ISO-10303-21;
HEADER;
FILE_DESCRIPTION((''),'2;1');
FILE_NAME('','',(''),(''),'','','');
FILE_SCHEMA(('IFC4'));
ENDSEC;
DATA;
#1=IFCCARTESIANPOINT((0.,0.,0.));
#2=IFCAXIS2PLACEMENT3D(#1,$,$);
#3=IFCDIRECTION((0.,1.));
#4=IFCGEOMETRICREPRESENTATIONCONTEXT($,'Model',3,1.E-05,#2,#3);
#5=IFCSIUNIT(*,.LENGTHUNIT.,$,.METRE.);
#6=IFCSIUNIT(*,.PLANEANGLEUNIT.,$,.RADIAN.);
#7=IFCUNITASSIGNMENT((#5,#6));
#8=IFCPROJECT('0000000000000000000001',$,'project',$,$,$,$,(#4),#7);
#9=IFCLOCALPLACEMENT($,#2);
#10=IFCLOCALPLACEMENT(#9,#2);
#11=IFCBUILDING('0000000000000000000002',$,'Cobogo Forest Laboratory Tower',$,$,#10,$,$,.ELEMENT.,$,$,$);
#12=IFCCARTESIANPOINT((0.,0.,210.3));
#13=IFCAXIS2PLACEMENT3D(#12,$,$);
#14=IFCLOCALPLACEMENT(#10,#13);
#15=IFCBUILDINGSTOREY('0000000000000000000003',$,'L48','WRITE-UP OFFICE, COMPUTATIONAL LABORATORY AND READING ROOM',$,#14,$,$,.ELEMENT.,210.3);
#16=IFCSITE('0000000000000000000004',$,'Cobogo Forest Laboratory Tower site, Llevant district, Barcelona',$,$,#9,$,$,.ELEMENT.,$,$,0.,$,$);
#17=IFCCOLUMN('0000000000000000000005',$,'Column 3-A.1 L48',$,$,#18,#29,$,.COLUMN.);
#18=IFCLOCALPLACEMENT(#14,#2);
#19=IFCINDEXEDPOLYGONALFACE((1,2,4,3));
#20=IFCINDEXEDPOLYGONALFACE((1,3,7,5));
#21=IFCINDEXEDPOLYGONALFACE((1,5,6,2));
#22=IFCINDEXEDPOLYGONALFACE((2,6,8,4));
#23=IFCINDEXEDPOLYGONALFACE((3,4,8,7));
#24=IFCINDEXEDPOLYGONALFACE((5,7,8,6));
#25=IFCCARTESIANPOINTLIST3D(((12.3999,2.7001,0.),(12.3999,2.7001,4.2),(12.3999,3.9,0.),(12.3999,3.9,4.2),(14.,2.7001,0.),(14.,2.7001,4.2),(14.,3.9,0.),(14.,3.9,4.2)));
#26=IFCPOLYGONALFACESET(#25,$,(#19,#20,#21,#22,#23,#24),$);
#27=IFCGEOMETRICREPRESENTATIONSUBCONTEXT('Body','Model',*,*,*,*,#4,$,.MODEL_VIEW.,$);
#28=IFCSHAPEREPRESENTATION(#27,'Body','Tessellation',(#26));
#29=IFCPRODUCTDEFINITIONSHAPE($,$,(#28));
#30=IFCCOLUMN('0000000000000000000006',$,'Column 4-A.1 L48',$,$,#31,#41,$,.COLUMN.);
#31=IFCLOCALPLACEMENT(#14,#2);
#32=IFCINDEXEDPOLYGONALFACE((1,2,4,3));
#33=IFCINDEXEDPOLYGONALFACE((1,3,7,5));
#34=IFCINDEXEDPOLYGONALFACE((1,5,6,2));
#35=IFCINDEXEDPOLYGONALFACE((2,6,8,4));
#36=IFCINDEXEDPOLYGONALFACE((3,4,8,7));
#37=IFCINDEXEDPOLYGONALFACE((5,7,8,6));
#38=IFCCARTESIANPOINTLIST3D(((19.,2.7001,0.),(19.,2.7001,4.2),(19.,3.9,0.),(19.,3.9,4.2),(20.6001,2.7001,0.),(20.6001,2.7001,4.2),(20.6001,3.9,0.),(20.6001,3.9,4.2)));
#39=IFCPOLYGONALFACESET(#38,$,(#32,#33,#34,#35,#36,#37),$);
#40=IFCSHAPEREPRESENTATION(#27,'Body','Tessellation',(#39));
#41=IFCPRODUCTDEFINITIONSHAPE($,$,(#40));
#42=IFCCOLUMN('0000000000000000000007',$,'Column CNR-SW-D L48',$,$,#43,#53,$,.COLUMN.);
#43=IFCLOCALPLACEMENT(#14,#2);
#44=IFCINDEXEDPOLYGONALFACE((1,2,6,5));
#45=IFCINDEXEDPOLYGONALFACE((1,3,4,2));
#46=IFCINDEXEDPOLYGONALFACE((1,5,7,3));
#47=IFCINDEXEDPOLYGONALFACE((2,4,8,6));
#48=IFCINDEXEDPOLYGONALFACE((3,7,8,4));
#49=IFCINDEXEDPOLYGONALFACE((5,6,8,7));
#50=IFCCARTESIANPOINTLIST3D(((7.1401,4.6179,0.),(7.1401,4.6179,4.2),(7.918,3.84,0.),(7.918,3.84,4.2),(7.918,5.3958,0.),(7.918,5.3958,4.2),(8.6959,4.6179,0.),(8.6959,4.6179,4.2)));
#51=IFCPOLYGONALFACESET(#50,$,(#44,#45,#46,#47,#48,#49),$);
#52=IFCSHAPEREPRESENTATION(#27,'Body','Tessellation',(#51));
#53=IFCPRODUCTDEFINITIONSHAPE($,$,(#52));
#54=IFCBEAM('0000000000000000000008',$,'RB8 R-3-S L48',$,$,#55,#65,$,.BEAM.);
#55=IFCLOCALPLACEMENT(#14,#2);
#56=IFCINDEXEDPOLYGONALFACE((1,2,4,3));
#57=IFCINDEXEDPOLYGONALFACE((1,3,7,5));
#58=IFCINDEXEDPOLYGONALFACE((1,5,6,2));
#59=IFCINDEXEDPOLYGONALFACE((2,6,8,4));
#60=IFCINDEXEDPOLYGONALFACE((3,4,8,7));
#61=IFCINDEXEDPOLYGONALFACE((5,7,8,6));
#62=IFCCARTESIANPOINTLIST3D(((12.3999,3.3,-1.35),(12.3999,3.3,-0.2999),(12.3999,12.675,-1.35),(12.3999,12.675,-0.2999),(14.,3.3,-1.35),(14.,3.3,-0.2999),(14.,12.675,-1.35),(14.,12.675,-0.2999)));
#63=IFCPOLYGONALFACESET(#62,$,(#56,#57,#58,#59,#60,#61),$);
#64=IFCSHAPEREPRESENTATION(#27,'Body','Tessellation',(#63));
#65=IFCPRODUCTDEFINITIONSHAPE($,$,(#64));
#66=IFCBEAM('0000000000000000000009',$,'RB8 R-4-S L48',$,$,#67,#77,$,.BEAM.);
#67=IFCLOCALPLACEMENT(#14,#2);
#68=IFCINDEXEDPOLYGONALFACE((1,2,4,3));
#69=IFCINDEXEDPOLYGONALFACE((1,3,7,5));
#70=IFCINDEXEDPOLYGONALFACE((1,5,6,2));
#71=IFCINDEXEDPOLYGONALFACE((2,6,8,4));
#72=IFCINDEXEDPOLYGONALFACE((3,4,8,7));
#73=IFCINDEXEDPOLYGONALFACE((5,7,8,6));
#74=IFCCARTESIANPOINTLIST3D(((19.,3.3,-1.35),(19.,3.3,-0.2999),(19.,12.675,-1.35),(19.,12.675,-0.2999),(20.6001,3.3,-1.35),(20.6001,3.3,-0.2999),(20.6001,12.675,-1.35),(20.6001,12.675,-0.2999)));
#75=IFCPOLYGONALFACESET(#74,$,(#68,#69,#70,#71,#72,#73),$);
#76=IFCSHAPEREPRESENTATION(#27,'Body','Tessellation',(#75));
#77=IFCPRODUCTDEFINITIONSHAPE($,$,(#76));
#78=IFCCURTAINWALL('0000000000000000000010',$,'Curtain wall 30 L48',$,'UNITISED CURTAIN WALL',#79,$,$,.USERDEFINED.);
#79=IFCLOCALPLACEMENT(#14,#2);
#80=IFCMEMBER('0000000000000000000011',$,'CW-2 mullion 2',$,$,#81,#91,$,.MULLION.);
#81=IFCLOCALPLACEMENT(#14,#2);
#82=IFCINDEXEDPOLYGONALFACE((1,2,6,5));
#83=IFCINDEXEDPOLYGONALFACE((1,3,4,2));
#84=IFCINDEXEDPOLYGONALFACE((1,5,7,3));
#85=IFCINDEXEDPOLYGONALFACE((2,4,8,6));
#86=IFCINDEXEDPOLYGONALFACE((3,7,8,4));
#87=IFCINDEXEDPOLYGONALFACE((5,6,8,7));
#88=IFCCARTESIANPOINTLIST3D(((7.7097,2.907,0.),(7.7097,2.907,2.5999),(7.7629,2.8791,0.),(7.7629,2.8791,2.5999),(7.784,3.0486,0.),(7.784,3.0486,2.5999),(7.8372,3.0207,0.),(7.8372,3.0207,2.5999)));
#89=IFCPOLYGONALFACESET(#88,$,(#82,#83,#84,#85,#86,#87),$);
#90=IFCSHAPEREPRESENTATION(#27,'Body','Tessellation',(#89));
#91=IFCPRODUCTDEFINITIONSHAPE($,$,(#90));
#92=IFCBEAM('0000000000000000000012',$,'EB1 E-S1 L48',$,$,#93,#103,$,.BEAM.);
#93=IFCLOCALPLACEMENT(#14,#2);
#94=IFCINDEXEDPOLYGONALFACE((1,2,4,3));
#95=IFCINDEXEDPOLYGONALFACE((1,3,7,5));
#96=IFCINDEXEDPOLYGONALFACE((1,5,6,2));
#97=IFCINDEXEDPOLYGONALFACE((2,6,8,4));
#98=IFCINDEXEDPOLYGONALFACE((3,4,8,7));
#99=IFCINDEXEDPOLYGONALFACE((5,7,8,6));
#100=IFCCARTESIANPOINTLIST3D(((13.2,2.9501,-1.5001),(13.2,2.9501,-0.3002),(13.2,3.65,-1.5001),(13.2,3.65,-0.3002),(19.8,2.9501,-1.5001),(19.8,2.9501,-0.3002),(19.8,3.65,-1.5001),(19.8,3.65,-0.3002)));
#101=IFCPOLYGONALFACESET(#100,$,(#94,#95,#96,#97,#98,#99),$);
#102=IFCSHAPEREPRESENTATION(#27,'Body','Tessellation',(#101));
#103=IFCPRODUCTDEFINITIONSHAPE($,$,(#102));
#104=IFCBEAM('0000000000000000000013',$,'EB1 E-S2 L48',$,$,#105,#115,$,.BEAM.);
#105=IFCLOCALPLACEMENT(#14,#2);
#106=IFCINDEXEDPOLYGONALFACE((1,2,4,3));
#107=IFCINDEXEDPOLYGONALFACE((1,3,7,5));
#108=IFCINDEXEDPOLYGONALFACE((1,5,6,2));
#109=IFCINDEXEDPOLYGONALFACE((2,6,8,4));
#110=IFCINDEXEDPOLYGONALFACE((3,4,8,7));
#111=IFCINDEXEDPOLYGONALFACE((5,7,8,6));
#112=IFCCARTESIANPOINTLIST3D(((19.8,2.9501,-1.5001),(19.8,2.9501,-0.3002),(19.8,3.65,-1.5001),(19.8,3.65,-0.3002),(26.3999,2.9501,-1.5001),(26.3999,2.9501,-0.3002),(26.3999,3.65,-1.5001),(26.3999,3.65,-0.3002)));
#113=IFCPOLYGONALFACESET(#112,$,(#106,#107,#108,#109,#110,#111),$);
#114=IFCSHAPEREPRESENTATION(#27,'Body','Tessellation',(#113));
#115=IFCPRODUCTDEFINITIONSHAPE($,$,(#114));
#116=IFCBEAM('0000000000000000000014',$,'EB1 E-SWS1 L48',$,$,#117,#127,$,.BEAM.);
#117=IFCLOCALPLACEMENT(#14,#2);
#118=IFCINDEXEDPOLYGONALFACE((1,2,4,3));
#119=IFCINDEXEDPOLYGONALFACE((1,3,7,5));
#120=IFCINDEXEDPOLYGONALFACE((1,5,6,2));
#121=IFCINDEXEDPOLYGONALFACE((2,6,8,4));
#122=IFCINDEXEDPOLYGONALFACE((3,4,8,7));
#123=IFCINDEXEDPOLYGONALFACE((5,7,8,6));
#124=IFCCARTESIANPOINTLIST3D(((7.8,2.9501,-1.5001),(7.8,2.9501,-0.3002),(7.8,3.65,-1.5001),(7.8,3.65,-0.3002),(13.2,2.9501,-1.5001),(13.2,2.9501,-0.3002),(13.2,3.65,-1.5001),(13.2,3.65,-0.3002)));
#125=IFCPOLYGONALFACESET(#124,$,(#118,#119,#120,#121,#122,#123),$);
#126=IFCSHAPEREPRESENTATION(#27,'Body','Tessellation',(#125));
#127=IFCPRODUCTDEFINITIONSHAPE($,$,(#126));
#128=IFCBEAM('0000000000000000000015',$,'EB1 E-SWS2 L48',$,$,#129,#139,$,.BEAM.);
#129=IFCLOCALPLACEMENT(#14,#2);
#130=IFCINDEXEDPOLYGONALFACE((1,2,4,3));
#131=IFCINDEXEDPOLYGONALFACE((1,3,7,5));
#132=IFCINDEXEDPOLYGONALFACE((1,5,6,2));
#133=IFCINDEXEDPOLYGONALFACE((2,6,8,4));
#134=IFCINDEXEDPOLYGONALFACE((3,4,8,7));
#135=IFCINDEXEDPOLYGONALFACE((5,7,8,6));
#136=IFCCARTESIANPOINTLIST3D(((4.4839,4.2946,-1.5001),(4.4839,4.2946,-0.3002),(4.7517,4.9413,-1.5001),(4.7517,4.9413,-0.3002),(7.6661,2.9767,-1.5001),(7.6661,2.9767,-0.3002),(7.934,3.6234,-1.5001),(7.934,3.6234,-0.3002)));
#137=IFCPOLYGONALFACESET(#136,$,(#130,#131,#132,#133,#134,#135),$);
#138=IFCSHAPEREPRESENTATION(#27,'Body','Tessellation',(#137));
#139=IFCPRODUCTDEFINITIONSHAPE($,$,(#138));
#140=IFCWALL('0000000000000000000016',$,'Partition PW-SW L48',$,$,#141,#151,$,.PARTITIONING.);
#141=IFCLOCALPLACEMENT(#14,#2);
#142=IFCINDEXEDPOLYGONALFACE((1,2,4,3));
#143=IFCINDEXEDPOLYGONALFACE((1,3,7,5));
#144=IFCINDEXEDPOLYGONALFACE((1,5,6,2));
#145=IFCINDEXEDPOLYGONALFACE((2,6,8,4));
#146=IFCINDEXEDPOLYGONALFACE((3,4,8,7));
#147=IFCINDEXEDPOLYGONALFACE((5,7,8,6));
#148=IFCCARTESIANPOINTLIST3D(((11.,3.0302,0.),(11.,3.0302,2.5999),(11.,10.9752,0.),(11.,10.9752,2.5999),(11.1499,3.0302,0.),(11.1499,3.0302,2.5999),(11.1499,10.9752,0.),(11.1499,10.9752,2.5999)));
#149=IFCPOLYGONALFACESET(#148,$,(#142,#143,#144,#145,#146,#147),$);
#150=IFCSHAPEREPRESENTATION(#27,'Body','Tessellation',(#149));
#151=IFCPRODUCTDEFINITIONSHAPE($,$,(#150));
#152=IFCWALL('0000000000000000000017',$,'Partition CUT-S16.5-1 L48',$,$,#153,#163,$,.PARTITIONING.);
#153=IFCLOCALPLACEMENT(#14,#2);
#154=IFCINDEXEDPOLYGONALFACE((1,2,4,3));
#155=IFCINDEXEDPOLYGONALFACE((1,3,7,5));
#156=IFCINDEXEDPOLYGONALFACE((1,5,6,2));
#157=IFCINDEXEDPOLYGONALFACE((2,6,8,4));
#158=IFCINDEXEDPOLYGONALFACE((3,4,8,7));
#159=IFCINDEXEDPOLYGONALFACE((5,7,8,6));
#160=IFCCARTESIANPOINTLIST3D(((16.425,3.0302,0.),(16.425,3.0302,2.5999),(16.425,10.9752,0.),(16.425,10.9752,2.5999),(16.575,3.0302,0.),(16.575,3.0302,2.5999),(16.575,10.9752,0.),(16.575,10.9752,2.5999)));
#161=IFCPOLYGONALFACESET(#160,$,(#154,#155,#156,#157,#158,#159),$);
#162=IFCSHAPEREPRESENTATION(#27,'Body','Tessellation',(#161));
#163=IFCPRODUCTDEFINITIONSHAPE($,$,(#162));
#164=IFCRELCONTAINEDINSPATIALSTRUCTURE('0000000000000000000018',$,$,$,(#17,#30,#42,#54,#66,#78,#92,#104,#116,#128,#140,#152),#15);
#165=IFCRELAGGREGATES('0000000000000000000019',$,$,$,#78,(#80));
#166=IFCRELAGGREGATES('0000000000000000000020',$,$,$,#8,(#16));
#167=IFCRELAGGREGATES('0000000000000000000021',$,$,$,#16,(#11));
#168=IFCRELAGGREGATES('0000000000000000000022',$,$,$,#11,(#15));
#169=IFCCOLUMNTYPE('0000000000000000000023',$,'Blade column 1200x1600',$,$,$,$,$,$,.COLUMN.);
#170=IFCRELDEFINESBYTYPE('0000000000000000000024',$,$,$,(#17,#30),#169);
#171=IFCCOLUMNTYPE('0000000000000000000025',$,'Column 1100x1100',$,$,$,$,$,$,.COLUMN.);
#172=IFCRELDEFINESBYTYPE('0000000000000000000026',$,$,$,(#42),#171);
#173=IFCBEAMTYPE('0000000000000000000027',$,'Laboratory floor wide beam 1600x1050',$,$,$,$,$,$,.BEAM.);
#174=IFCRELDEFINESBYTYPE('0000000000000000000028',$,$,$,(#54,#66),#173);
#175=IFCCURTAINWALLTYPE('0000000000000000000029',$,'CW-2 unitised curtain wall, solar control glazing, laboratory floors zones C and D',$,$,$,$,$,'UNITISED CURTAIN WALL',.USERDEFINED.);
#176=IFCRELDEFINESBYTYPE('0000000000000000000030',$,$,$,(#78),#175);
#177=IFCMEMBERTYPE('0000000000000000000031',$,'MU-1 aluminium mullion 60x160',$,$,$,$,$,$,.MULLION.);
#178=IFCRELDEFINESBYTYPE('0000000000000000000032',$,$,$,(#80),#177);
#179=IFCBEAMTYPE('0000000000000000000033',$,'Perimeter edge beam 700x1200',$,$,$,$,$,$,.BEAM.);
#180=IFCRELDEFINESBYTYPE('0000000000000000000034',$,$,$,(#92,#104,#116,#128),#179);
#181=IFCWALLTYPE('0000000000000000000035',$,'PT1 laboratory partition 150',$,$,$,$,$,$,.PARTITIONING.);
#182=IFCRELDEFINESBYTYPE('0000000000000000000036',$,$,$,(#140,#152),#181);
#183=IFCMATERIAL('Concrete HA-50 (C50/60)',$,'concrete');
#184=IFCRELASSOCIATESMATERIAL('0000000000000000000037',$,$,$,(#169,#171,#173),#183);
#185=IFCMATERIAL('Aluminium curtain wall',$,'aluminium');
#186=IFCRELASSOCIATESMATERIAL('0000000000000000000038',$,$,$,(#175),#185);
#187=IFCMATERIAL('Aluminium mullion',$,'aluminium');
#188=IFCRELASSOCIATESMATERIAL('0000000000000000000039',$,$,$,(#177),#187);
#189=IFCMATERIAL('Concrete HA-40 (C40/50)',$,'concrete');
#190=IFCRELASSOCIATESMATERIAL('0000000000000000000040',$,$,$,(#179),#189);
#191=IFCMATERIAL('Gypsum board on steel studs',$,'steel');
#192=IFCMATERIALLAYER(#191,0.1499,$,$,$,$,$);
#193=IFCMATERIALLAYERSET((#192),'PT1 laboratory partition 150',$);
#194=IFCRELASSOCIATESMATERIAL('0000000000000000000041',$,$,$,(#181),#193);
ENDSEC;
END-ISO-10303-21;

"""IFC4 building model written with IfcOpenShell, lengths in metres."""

from ifc_helpers import new_model, si_unit, direction, frame, frame_2d, origin, origin_2d, place, context, subcontext, project, spatial, rectangle, extrude, material, layer, layer_set, material_profile, profile_set, type_object, element, aggregate, save


model = new_model("IFC4")

# Units and contexts
model_context = context("Model", 3, precision=1e-05, world=origin(), true_north=direction((0.0, 1.0)))
body_context = subcontext(model_context, "Body", "Model", "MODEL_VIEW")
ifc_project = project(units=[si_unit("LENGTHUNIT", "METRE"), si_unit("PLANEANGLEUNIT", "RADIAN")], contexts=[model_context])

# Site, building, storey
site_placement = place(None, origin())
site = spatial("IfcSite", under=ifc_project, at=site_placement, Name="Cobogo Forest Laboratory Tower site, Llevant district, Barcelona", CompositionType="ELEMENT", RefElevation=0.0)
building_placement = place(site_placement, origin())
building = spatial("IfcBuilding", under=site, at=building_placement, Name="Cobogo Forest Laboratory Tower", CompositionType="ELEMENT")
storey_placement = place(building_placement, frame((0.0, 0.0, 210.3)))
storey = spatial("IfcBuildingStorey", under=building, at=storey_placement, Name="L48", Description="WRITE-UP OFFICE, COMPUTATIONAL LABORATORY AND READING ROOM", CompositionType="ELEMENT", Elevation=210.3)

# Columns
ifc_material_1 = material(Name="Concrete HA-50 (C50/60)", Category="concrete")
ifc_material_profile_1 = material_profile(ifc_material_1, rectangle(XDim=1.6001, YDim=1.2, at=origin_2d()), Name="RC 1200x1600")
ifc_profile_set_1 = profile_set([ifc_material_profile_1], Name="Concrete HA-50 (C50/60)")
column_type_1 = type_object("IfcColumnType", Name="Blade column 1200x1600", PredefinedType="COLUMN", material=ifc_profile_set_1)
for number, where, z_axis, x_axis, name in (
    (1, (13.2, 3.3, 0.0), (0.0, 0.0, 1.0), (1.0, 0.0, 0.0), "Column 3-A.1 L48"),
    (2, (19.8, 3.3, 0.0), (0.0, 0.0, 1.0), (1.0, 0.0, 0.0), "Column 4-A.1 L48"),
):
    element("IfcColumn", number, at=place(storey_placement, frame(where, z_axis=z_axis, x_axis=x_axis)), inside=storey, type_object=column_type_1, Name=name, PredefinedType="COLUMN", context=body_context, shape_type="SweptSolid", body=[
        extrude(rectangle(XDim=1.6001, YDim=1.2, at=origin_2d()), origin(), (0.0, 0.0, 1.0), 4.2),
    ])
ifc_material_profile_2 = material_profile(ifc_material_1, rectangle(XDim=1.1001, YDim=1.1001, at=origin_2d()), Name="RC 1100x1100")
ifc_profile_set_2 = profile_set([ifc_material_profile_2], Name="Concrete HA-50 (C50/60)")
column_type_2 = type_object("IfcColumnType", Name="Column 1100x1100", PredefinedType="COLUMN", material=ifc_profile_set_2)
column_placement = place(storey_placement, frame((7.918, 4.6179, 0.0), z_axis=(0.0, 0.0, 1.0), x_axis=(0.707107, 0.707107, 0.0)))
element("IfcColumn", 3, at=column_placement, inside=storey, type_object=column_type_2, Name="Column CNR-SW-D L48", PredefinedType="COLUMN", context=body_context, shape_type="SweptSolid", body=[
    extrude(rectangle(XDim=1.1001, YDim=1.1001, at=origin_2d()), origin(), (0.0, 0.0, 1.0), 4.2),
])

# Beams
ifc_material_profile_3 = material_profile(ifc_material_1, rectangle(XDim=1.6001, YDim=1.05, at=origin_2d()), Name="RC 1600x1050")
ifc_profile_set_3 = profile_set([ifc_material_profile_3], Name="Concrete HA-50 (C50/60)")
beam_type_1 = type_object("IfcBeamType", Name="Laboratory floor wide beam 1600x1050", PredefinedType="BEAM", material=ifc_profile_set_3)
for number, where, z_axis, x_axis, name in (
    (4, (13.2, 12.675, -0.825), (0.0, -1.0, 0.0), (1.0, 0.0, 0.0), "RB8 R-3-S L48"),
    (5, (19.8, 12.675, -0.825), (0.0, -1.0, 0.0), (1.0, 0.0, 0.0), "RB8 R-4-S L48"),
):
    element("IfcBeam", number, at=place(storey_placement, frame(where, z_axis=z_axis, x_axis=x_axis)), inside=storey, type_object=beam_type_1, Name=name, PredefinedType="BEAM", context=body_context, shape_type="SweptSolid", body=[
        extrude(rectangle(XDim=1.6001, YDim=1.05, at=origin_2d()), origin(), (0.0, 0.0, 1.0), 9.375),
    ])

# Curtain wall, member
ifc_material_2 = material(Name="Aluminium curtain wall", Category="aluminium")
curtain_wall_type = type_object("IfcCurtainWallType", Name="CW-2 unitised curtain wall, solar control glazing, laboratory floors zones C and D", ElementType="UNITISED CURTAIN WALL", PredefinedType="USERDEFINED", material=ifc_material_2)
curtain_wall_placement = place(storey_placement, origin())
curtain_wall = element("IfcCurtainWall", 6, at=curtain_wall_placement, inside=storey, type_object=curtain_wall_type, Name="Curtain wall 30 L48", ObjectType="UNITISED CURTAIN WALL", PredefinedType="USERDEFINED")
ifc_material_3 = material(Name="Aluminium mullion", Category="aluminium")
ifc_material_profile_4 = material_profile(ifc_material_3, rectangle(XDim=0.0601, YDim=0.1599, at=origin_2d()), Name="AL 60x160")
ifc_profile_set_4 = profile_set([ifc_material_profile_4], Name="Aluminium mullion")
member_type = type_object("IfcMemberType", Name="MU-1 aluminium mullion 60x160", PredefinedType="MULLION", material=ifc_profile_set_4)
member_placement = place(storey_placement, frame((7.7734, 2.9639, 0.0), z_axis=(0.0, 0.0, 1.0), x_axis=(0.885686, -0.464284, 0.0)))
member = element("IfcMember", 7, at=member_placement, type_object=member_type, Name="CW-2 mullion 2", PredefinedType="MULLION", context=body_context, shape_type="SweptSolid", body=[
    extrude(rectangle(XDim=0.0601, YDim=0.1599, at=origin_2d()), origin(), (0.0, 0.0, 1.0), 2.5999),
])
aggregate(curtain_wall, [member])

# Beams
ifc_material_4 = material(Name="Concrete HA-40 (C40/50)", Category="concrete")
ifc_material_profile_5 = material_profile(ifc_material_4, rectangle(XDim=0.7, YDim=1.2, at=origin_2d()), Name="RC 700x1200")
ifc_profile_set_5 = profile_set([ifc_material_profile_5], Name="Concrete HA-40 (C40/50)")
beam_type_2 = type_object("IfcBeamType", Name="Perimeter edge beam 700x1200", PredefinedType="BEAM", material=ifc_profile_set_5)
beam_1_placement = place(storey_placement, frame((13.2, 3.3, -0.9001), z_axis=(1.0, 0.0, 0.0), x_axis=(0.0, 1.0, 0.0)))
element("IfcBeam", 8, at=beam_1_placement, inside=storey, type_object=beam_type_2, Name="EB1 E-S1 L48", PredefinedType="BEAM", context=body_context, shape_type="SweptSolid", body=[
    extrude(rectangle(XDim=0.7, YDim=1.2, at=origin_2d()), origin(), (0.0, 0.0, 1.0), 6.6001),
])
beam_2_placement = place(storey_placement, frame((19.8, 3.3, -0.9001), z_axis=(1.0, 0.0, 0.0), x_axis=(0.0, 1.0, 0.0)))
element("IfcBeam", 9, at=beam_2_placement, inside=storey, type_object=beam_type_2, Name="EB1 E-S2 L48", PredefinedType="BEAM", context=body_context, shape_type="SweptSolid", body=[
    extrude(rectangle(XDim=0.7, YDim=1.2, at=origin_2d()), origin(), (0.0, 0.0, 1.0), 6.5999),
])
beam_3_placement = place(storey_placement, frame((13.2, 3.3, -0.9001), z_axis=(-1.0, 0.0, 0.0), x_axis=(0.0, -1.0, 0.0)))
element("IfcBeam", 10, at=beam_3_placement, inside=storey, type_object=beam_type_2, Name="EB1 E-SWS1 L48", PredefinedType="BEAM", context=body_context, shape_type="SweptSolid", body=[
    extrude(rectangle(XDim=0.7, YDim=1.2, at=origin_2d()), origin(), (0.0, 0.0, 1.0), 5.3999),
])
beam_4_placement = place(storey_placement, frame((7.8, 3.3, -0.9001), z_axis=(-0.923901, 0.382631, 0.0), x_axis=(-0.382631, -0.923901, 0.0)))
element("IfcBeam", 11, at=beam_4_placement, inside=storey, type_object=beam_type_2, Name="EB1 E-SWS2 L48", PredefinedType="BEAM", context=body_context, shape_type="SweptSolid", body=[
    extrude(rectangle(XDim=0.7, YDim=1.2, at=origin_2d()), origin(), (0.0, 0.0, 1.0), 3.4443),
])

# Walls
ifc_material_5 = material(Name="Gypsum board on steel studs", Category="steel")
ifc_layer_1 = layer(ifc_material_5, 0.1499)
ifc_layer_set_1 = layer_set([ifc_layer_1], Name="PT1 laboratory partition 150")
wall_type_1 = type_object("IfcWallType", Name="PT1 laboratory partition 150", PredefinedType="PARTITIONING", material=ifc_layer_set_1)
for number, where, z_axis, x_axis, name in (
    (12, (11.075, 3.03, 0.0), (0.0, 0.0, 1.0), (0.0, 1.0, 0.0), "Partition PW-SW L48"),
    (13, (16.5, 3.03, 0.0), (0.0, 0.0, 1.0), (0.0, 1.0, 0.0), "Partition CUT-S16.5-1 L48"),
):
    element("IfcWall", number, at=place(storey_placement, frame(where, z_axis=z_axis, x_axis=x_axis)), inside=storey, type_object=wall_type_1, Name=name, PredefinedType="PARTITIONING", context=body_context, shape_type="SweptSolid", body=[
        extrude(rectangle(XDim=7.9451, YDim=0.1499, at=frame_2d((3.9727, 0.0))), origin(), (0.0, 0.0, 1.0), 2.5999),
    ])

save(model, "model.ifc")
